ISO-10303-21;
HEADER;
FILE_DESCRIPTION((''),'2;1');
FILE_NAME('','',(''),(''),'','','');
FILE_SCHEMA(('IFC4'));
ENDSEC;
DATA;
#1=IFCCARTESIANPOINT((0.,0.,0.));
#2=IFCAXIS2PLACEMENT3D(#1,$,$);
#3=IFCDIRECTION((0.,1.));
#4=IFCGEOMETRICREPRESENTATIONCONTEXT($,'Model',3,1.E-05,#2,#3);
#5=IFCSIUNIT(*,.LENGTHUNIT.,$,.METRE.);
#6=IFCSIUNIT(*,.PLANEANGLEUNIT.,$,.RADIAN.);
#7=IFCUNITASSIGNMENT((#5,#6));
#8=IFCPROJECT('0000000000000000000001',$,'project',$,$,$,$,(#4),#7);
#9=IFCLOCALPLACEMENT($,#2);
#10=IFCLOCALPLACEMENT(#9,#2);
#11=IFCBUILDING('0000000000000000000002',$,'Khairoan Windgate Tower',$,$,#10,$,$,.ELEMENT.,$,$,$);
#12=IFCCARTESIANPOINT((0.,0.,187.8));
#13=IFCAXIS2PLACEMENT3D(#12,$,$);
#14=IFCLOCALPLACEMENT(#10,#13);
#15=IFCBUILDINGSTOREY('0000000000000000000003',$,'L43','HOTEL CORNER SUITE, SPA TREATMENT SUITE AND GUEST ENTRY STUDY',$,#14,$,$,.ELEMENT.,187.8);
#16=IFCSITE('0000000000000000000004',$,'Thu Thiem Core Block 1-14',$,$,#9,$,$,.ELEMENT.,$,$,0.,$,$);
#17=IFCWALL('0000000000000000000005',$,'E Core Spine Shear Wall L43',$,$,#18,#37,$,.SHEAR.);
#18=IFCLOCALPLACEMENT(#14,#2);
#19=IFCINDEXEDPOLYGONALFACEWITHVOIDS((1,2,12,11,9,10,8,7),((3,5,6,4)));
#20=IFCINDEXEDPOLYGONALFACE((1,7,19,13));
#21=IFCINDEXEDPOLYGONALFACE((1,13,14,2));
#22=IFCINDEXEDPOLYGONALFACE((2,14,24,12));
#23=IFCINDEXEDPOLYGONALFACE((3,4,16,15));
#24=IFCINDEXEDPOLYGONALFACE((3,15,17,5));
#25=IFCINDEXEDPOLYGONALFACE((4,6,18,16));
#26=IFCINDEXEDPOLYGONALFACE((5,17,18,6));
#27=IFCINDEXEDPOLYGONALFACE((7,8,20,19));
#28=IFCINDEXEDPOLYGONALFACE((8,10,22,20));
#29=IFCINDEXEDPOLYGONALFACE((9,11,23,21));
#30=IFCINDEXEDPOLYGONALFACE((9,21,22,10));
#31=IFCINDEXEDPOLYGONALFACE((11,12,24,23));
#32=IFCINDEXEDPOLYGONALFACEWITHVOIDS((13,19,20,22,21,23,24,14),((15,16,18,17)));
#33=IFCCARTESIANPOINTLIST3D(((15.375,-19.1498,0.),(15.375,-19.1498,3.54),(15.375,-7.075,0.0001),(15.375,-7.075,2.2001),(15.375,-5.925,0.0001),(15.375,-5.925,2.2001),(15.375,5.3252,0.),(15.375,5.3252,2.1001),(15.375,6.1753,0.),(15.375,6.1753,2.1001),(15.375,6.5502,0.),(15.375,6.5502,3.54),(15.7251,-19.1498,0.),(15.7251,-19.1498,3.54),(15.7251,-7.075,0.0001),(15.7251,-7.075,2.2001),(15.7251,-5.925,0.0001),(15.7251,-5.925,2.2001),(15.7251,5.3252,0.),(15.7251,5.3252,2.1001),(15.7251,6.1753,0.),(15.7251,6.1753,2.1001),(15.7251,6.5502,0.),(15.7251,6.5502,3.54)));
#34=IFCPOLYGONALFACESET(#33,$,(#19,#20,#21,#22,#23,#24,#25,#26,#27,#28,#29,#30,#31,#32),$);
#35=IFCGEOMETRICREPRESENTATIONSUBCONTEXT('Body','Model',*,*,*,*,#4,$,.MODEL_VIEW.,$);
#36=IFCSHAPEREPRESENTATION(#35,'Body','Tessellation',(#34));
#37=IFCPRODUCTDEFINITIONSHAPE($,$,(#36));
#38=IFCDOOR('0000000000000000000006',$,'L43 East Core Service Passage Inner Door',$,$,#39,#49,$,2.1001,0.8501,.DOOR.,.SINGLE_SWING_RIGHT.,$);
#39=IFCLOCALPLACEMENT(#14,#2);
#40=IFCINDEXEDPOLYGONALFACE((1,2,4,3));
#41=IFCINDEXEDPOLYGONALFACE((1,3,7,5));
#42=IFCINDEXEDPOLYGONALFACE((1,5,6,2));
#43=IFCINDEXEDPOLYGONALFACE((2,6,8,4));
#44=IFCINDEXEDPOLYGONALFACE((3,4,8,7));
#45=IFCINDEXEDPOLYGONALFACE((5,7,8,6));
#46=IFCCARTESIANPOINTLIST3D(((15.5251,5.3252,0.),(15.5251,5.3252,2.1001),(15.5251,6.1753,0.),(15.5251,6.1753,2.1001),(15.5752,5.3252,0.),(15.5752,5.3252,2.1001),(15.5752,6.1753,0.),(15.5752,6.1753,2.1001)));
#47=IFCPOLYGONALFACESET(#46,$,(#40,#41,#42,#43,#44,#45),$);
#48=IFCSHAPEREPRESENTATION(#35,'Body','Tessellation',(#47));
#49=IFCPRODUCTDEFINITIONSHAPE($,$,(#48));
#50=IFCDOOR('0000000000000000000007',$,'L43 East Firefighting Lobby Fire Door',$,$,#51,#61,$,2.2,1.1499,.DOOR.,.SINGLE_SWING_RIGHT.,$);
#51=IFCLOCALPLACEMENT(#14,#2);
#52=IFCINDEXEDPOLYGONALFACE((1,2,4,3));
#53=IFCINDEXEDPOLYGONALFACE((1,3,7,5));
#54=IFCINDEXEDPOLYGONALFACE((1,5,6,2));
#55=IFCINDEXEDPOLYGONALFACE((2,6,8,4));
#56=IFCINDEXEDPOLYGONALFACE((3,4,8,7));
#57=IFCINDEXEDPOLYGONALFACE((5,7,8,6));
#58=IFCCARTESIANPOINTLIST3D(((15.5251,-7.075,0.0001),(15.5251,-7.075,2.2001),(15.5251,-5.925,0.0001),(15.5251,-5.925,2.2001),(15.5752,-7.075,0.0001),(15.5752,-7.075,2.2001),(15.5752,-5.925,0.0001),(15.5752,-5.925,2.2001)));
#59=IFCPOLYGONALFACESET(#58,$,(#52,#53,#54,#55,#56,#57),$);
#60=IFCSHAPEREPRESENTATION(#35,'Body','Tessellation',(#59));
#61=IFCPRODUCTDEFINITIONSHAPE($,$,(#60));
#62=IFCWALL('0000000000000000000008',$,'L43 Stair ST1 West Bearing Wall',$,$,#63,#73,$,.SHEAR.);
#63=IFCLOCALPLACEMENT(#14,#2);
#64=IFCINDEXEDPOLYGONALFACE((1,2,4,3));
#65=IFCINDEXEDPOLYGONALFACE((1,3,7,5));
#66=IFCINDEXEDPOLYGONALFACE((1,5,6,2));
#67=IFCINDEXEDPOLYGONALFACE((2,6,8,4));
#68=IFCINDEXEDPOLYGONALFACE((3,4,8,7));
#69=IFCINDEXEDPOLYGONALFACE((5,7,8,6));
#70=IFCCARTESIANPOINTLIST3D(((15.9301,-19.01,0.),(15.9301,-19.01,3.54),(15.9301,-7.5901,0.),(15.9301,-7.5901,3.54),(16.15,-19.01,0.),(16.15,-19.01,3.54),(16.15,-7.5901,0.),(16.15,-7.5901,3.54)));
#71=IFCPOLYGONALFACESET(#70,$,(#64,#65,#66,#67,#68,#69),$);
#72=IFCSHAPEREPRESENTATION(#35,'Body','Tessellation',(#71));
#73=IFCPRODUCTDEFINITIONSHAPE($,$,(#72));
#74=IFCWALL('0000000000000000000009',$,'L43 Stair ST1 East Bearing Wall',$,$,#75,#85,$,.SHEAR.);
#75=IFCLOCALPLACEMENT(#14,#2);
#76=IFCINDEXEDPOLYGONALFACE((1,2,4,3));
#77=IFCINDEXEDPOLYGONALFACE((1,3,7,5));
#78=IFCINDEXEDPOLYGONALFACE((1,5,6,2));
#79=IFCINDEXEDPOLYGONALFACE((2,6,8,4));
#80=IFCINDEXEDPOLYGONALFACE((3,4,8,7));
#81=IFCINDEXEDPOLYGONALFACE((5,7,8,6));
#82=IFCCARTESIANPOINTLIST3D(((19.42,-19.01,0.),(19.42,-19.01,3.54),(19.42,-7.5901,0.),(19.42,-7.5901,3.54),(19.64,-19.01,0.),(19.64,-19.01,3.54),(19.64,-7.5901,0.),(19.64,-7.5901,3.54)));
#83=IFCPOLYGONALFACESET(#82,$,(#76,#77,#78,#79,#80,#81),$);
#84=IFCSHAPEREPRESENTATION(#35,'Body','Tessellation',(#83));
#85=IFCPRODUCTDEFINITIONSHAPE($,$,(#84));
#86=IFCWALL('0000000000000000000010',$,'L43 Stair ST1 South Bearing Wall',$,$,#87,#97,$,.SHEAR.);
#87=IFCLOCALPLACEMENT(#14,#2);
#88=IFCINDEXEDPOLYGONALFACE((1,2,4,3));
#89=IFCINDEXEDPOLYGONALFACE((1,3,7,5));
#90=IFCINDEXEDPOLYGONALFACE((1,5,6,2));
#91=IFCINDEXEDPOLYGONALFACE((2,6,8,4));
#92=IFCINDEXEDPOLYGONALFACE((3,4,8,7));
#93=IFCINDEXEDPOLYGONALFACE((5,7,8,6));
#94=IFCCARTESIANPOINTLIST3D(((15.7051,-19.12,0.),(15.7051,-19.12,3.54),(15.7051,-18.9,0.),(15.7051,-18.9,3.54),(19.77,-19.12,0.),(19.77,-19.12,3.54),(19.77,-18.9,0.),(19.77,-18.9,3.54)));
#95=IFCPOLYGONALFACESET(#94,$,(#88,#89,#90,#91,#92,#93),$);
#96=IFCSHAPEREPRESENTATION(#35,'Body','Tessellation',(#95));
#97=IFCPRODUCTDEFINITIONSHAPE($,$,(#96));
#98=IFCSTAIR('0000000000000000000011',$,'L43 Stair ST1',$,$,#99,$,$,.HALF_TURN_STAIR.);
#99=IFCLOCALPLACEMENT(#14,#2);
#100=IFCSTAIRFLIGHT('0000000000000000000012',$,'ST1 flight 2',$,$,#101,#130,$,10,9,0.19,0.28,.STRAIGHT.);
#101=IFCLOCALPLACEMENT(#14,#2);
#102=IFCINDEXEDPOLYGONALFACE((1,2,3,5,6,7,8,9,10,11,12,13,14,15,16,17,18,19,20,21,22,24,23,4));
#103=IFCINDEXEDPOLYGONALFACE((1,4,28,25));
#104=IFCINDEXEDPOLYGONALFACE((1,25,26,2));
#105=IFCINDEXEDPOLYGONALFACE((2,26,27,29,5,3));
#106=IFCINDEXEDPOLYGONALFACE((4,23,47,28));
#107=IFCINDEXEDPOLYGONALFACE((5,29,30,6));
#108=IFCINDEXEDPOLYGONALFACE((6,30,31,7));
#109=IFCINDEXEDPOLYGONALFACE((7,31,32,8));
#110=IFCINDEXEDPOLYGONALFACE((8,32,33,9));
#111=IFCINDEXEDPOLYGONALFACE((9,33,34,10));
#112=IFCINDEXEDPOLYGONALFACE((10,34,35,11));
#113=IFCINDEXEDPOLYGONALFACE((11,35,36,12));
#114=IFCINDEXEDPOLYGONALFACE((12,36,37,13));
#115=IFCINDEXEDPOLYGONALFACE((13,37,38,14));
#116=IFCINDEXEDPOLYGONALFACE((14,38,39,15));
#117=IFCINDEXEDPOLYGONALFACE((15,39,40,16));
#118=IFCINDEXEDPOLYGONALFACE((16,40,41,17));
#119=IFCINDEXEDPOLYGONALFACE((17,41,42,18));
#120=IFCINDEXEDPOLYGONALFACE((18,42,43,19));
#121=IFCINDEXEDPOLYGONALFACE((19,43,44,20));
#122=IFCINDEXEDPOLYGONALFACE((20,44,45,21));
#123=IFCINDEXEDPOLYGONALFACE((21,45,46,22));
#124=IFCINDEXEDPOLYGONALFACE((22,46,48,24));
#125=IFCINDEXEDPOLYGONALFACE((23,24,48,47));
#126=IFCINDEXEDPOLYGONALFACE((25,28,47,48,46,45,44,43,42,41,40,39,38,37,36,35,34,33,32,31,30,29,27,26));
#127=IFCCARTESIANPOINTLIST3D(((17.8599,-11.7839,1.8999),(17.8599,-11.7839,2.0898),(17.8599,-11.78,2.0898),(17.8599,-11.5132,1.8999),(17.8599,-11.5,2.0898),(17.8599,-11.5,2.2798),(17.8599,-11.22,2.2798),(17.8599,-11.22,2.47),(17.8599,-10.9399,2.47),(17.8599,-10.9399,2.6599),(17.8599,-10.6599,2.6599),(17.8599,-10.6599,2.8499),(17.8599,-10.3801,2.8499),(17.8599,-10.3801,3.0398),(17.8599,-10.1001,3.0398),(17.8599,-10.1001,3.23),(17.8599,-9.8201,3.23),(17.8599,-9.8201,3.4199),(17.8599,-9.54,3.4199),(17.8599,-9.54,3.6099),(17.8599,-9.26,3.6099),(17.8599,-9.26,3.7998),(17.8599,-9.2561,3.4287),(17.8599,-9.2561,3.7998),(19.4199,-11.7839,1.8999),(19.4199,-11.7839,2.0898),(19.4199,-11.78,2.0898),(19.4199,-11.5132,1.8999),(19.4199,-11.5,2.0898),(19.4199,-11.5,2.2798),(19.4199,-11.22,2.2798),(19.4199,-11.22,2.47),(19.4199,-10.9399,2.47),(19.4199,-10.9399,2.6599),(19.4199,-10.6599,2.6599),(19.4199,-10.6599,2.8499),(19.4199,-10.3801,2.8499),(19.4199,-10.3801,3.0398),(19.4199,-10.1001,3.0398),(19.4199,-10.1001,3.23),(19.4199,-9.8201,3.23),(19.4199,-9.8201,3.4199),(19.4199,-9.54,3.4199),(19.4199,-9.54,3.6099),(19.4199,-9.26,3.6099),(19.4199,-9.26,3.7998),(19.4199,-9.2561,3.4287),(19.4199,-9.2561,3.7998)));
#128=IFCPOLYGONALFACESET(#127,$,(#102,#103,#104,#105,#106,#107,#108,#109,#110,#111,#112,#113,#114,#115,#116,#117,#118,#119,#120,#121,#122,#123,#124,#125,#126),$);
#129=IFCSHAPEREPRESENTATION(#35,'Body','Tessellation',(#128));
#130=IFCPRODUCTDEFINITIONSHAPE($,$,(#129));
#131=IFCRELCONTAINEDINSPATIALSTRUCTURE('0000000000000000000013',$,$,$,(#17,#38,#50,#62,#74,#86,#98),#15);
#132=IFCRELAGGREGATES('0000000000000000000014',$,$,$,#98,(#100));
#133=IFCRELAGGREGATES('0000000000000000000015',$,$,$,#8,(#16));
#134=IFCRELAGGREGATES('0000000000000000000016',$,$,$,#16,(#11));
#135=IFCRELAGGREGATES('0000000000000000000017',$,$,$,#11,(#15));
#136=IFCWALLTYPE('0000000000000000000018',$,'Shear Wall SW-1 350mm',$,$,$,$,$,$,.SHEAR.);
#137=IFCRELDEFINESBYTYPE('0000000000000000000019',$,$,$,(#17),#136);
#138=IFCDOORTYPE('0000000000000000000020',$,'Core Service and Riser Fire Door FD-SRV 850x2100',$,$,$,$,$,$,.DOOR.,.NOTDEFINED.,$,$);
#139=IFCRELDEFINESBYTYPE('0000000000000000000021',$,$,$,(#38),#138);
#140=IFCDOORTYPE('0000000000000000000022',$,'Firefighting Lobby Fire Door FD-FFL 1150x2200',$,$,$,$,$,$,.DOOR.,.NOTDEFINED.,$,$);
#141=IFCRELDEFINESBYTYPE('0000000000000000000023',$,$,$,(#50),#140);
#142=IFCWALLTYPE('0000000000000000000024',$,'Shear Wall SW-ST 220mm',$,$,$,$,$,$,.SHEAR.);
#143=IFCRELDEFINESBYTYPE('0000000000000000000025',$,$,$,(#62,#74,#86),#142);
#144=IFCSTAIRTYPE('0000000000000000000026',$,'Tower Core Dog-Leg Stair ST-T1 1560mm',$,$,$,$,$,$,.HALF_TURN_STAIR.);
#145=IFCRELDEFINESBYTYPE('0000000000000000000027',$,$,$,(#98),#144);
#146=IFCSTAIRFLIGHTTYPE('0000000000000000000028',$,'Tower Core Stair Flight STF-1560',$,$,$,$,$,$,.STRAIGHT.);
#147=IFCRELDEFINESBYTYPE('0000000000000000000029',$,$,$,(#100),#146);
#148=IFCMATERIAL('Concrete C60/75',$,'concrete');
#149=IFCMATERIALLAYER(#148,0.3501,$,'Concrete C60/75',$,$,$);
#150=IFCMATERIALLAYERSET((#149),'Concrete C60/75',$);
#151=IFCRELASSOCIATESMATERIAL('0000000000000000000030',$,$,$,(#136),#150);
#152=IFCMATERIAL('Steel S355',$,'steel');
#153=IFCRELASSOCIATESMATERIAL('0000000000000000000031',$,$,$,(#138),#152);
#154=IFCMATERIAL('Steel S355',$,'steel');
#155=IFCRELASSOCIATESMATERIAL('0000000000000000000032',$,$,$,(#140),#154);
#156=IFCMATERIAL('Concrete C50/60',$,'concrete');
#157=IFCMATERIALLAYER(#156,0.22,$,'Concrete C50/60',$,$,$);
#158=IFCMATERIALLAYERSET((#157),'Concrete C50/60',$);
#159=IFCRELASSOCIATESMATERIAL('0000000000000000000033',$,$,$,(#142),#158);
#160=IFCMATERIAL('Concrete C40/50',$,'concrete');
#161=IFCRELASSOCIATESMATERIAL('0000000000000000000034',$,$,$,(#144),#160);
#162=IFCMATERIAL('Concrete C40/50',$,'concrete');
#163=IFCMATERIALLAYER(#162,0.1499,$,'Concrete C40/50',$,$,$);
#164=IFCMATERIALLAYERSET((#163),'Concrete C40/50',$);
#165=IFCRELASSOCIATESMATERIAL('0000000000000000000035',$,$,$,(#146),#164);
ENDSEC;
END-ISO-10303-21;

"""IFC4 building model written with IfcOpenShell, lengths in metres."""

from ifc_helpers import new_model, si_unit, direction, frame, frame_2d, origin, place, context, subcontext, project, spatial, polyline, rectangle, outline, extrude, material, layer, layer_set, type_object, element, fill, aggregate, save


model = new_model("IFC4")

# Units and contexts
model_context = context("Model", 3, precision=1e-05, world=origin(), true_north=direction((0.0, 1.0)))
body_context = subcontext(model_context, "Body", "Model", "MODEL_VIEW")
ifc_project = project(units=[si_unit("LENGTHUNIT", "METRE"), si_unit("PLANEANGLEUNIT", "RADIAN")], contexts=[model_context])

# Site, building, storey
site_placement = place(None, origin())
site = spatial("IfcSite", under=ifc_project, at=site_placement, Name="Thu Thiem Core Block 1-14", CompositionType="ELEMENT", RefElevation=0.0)
building_placement = place(site_placement, origin())
building = spatial("IfcBuilding", under=site, at=building_placement, Name="Khairoan Windgate Tower", CompositionType="ELEMENT")
storey_placement = place(building_placement, frame((0.0, 0.0, 187.8)))
storey = spatial("IfcBuildingStorey", under=building, at=storey_placement, Name="L43", Description="HOTEL CORNER SUITE, SPA TREATMENT SUITE AND GUEST ENTRY STUDY", CompositionType="ELEMENT", Elevation=187.8)

# Wall, openings, doors
ifc_material_1 = material(Name="Concrete C60/75", Category="concrete")
ifc_layer_1 = layer(ifc_material_1, 0.3501, Name="Concrete C60/75")
ifc_layer_set_1 = layer_set([ifc_layer_1], Name="Concrete C60/75")
wall_type_1 = type_object("IfcWallType", Name="Shear Wall SW-1 350mm", PredefinedType="SHEAR", material=ifc_layer_set_1)
wall_1_placement = place(storey_placement, frame((15.55, -19.1499, 0.0), z_axis=(0.0, 0.0, 1.0), x_axis=(0.0, 1.0, 0.0)))
wall_1 = element("IfcWall", 1, at=wall_1_placement, inside=storey, type_object=wall_type_1, Name="E Core Spine Shear Wall L43", PredefinedType="SHEAR", context=body_context, shape_type="SweptSolid", body=[
    extrude(rectangle(XDim=25.7, YDim=0.3501, at=frame_2d((12.8501, 0.0))), origin(), (0.0, 0.0, 1.0), 3.54),
])
opening_1_placement = place(wall_1_placement, frame((12.075, 0.0, 0.0)))
opening_1 = element("IfcOpeningElement", 2, at=opening_1_placement, cuts=wall_1, PredefinedType="OPENING", context=body_context, shape_type="SweptSolid", body=[
    extrude(rectangle(XDim=1.1499, YDim=2.2, at=frame_2d((0.575, 1.1001))), frame((0.0, 0.1851, 0.0), z_axis=(0.0, -1.0, 0.0), x_axis=(1.0, 0.0, 0.0)), (0.0, 0.0, 1.0), 0.3701),
])
opening_2_placement = place(wall_1_placement, frame((24.4751, 0.0, 0.0)))
opening_2 = element("IfcOpeningElement", 3, at=opening_2_placement, cuts=wall_1, PredefinedType="OPENING", context=body_context, shape_type="SweptSolid", body=[
    extrude(rectangle(XDim=0.8501, YDim=2.1001, at=frame_2d((0.425, 1.05))), frame((0.0, 0.1851, 0.0), z_axis=(0.0, -1.0, 0.0), x_axis=(1.0, 0.0, 0.0)), (0.0, 0.0, 1.0), 0.3701),
])
ifc_material_2 = material(Name="Steel S355", Category="steel")
door_type_1 = type_object("IfcDoorType", Name="Core Service and Riser Fire Door FD-SRV 850x2100", OperationType="NOTDEFINED", PredefinedType="DOOR", material=ifc_material_2)
door_1_placement = place(opening_2_placement, origin())
door_1 = element("IfcDoor", 4, at=door_1_placement, inside=storey, type_object=door_type_1, Name="L43 East Core Service Passage Inner Door", OperationType="SINGLE_SWING_RIGHT", OverallHeight=2.1001, OverallWidth=0.8501, PredefinedType="DOOR", context=body_context, shape_type="SweptSolid", body=[
    extrude(rectangle(XDim=0.8501, YDim=2.1001, at=frame_2d((0.425, 1.05))), frame((0.0, 0.0249, 0.0), z_axis=(0.0, -1.0, 0.0), x_axis=(1.0, 0.0, 0.0)), (0.0, 0.0, 1.0), 0.05),
])
fill(opening_2, door_1)
ifc_material_3 = material(Name="Steel S355", Category="steel")
door_type_2 = type_object("IfcDoorType", Name="Firefighting Lobby Fire Door FD-FFL 1150x2200", OperationType="NOTDEFINED", PredefinedType="DOOR", material=ifc_material_3)
door_2_placement = place(opening_1_placement, origin())
door_2 = element("IfcDoor", 5, at=door_2_placement, inside=storey, type_object=door_type_2, Name="L43 East Firefighting Lobby Fire Door", OperationType="SINGLE_SWING_RIGHT", OverallHeight=2.2, OverallWidth=1.1499, PredefinedType="DOOR", context=body_context, shape_type="SweptSolid", body=[
    extrude(rectangle(XDim=1.1499, YDim=2.2, at=frame_2d((0.575, 1.1001))), frame((0.0, 0.0249, 0.0), z_axis=(0.0, -1.0, 0.0), x_axis=(1.0, 0.0, 0.0)), (0.0, 0.0, 1.0), 0.05),
])
fill(opening_1, door_2)

# Walls
ifc_material_4 = material(Name="Concrete C50/60", Category="concrete")
ifc_layer_2 = layer(ifc_material_4, 0.22, Name="Concrete C50/60")
ifc_layer_set_2 = layer_set([ifc_layer_2], Name="Concrete C50/60")
wall_type_2 = type_object("IfcWallType", Name="Shear Wall SW-ST 220mm", PredefinedType="SHEAR", material=ifc_layer_set_2)
for number, where, z_axis, x_axis, name in (
    (6, (16.04, -19.01, 0.0), (0.0, 0.0, 1.0), (0.0, 1.0, 0.0), "L43 Stair ST1 West Bearing Wall"),
    (7, (19.53, -19.01, 0.0), (0.0, 0.0, 1.0), (0.0, 1.0, 0.0), "L43 Stair ST1 East Bearing Wall"),
):
    element("IfcWall", number, at=place(storey_placement, frame(where, z_axis=z_axis, x_axis=x_axis)), inside=storey, type_object=wall_type_2, Name=name, PredefinedType="SHEAR", context=body_context, shape_type="SweptSolid", body=[
        extrude(rectangle(XDim=11.4199, YDim=0.22, at=frame_2d((5.71, 0.0))), origin(), (0.0, 0.0, 1.0), 3.54),
    ])
wall_2_placement = place(storey_placement, frame((15.7051, -19.01, 0.0), z_axis=(0.0, 0.0, 1.0), x_axis=(1.0, 0.0, 0.0)))
element("IfcWall", 8, at=wall_2_placement, inside=storey, type_object=wall_type_2, Name="L43 Stair ST1 South Bearing Wall", PredefinedType="SHEAR", context=body_context, shape_type="SweptSolid", body=[
    extrude(rectangle(XDim=4.0649, YDim=0.22, at=frame_2d((2.0325, 0.0))), origin(), (0.0, 0.0, 1.0), 3.54),
])

# Stair, stair flight
ifc_material_5 = material(Name="Concrete C40/50", Category="concrete")
stair_type = type_object("IfcStairType", Name="Tower Core Dog-Leg Stair ST-T1 1560mm", PredefinedType="HALF_TURN_STAIR", material=ifc_material_5)
stair_placement = place(storey_placement, origin())
stair = element("IfcStair", 9, at=stair_placement, inside=storey, type_object=stair_type, Name="L43 Stair ST1", PredefinedType="HALF_TURN_STAIR")
ifc_material_6 = material(Name="Concrete C40/50", Category="concrete")
ifc_layer_3 = layer(ifc_material_6, 0.1499, Name="Concrete C40/50")
ifc_layer_set_3 = layer_set([ifc_layer_3], Name="Concrete C40/50")
stair_flight_type = type_object("IfcStairFlightType", Name="Tower Core Stair Flight STF-1560", PredefinedType="STRAIGHT", material=ifc_layer_set_3)
stair_flight_placement = place(storey_placement, frame((18.6399, -11.78, 1.8999), z_axis=(0.0, 0.0, 1.0), x_axis=(0.0, 1.0, 0.0)))
stair_flight = element("IfcStairFlight", 10, at=stair_flight_placement, type_object=stair_flight_type, Name="ST1 flight 2", NumberOfRisers=10, NumberOfTreads=9, PredefinedType="STRAIGHT", RiserHeight=0.19, TreadLength=0.28, context=body_context, shape_type="SweptSolid", body=[
    extrude(outline(polyline([(-0.0039, 0.0), (-0.0039, 0.1899), (0.0, 0.1899), (0.28, 0.1899), (0.28, 0.3799), (0.5601, 0.3799), (0.5601, 0.5701), (0.8401, 0.5701), (0.8401, 0.76), (1.1201, 0.76), (1.1201, 0.95), (1.3999, 0.95), (1.3999, 1.1399), (1.6799, 1.1399), (1.6799, 1.3301), (1.96, 1.3301), (1.96, 1.52), (2.24, 1.52), (2.24, 1.71), (2.52, 1.71), (2.52, 1.8999), (2.5239, 1.8999), (2.5239, 1.5288), (0.2668, 0.0), (-0.0039, 0.0)])), frame((0.0, 0.78, 0.0), z_axis=(0.0, -1.0, 0.0), x_axis=(1.0, 0.0, 0.0)), (0.0, 0.0, 1.0), 1.5601),
])
aggregate(stair, [stair_flight])

save(model, "model.ifc")
